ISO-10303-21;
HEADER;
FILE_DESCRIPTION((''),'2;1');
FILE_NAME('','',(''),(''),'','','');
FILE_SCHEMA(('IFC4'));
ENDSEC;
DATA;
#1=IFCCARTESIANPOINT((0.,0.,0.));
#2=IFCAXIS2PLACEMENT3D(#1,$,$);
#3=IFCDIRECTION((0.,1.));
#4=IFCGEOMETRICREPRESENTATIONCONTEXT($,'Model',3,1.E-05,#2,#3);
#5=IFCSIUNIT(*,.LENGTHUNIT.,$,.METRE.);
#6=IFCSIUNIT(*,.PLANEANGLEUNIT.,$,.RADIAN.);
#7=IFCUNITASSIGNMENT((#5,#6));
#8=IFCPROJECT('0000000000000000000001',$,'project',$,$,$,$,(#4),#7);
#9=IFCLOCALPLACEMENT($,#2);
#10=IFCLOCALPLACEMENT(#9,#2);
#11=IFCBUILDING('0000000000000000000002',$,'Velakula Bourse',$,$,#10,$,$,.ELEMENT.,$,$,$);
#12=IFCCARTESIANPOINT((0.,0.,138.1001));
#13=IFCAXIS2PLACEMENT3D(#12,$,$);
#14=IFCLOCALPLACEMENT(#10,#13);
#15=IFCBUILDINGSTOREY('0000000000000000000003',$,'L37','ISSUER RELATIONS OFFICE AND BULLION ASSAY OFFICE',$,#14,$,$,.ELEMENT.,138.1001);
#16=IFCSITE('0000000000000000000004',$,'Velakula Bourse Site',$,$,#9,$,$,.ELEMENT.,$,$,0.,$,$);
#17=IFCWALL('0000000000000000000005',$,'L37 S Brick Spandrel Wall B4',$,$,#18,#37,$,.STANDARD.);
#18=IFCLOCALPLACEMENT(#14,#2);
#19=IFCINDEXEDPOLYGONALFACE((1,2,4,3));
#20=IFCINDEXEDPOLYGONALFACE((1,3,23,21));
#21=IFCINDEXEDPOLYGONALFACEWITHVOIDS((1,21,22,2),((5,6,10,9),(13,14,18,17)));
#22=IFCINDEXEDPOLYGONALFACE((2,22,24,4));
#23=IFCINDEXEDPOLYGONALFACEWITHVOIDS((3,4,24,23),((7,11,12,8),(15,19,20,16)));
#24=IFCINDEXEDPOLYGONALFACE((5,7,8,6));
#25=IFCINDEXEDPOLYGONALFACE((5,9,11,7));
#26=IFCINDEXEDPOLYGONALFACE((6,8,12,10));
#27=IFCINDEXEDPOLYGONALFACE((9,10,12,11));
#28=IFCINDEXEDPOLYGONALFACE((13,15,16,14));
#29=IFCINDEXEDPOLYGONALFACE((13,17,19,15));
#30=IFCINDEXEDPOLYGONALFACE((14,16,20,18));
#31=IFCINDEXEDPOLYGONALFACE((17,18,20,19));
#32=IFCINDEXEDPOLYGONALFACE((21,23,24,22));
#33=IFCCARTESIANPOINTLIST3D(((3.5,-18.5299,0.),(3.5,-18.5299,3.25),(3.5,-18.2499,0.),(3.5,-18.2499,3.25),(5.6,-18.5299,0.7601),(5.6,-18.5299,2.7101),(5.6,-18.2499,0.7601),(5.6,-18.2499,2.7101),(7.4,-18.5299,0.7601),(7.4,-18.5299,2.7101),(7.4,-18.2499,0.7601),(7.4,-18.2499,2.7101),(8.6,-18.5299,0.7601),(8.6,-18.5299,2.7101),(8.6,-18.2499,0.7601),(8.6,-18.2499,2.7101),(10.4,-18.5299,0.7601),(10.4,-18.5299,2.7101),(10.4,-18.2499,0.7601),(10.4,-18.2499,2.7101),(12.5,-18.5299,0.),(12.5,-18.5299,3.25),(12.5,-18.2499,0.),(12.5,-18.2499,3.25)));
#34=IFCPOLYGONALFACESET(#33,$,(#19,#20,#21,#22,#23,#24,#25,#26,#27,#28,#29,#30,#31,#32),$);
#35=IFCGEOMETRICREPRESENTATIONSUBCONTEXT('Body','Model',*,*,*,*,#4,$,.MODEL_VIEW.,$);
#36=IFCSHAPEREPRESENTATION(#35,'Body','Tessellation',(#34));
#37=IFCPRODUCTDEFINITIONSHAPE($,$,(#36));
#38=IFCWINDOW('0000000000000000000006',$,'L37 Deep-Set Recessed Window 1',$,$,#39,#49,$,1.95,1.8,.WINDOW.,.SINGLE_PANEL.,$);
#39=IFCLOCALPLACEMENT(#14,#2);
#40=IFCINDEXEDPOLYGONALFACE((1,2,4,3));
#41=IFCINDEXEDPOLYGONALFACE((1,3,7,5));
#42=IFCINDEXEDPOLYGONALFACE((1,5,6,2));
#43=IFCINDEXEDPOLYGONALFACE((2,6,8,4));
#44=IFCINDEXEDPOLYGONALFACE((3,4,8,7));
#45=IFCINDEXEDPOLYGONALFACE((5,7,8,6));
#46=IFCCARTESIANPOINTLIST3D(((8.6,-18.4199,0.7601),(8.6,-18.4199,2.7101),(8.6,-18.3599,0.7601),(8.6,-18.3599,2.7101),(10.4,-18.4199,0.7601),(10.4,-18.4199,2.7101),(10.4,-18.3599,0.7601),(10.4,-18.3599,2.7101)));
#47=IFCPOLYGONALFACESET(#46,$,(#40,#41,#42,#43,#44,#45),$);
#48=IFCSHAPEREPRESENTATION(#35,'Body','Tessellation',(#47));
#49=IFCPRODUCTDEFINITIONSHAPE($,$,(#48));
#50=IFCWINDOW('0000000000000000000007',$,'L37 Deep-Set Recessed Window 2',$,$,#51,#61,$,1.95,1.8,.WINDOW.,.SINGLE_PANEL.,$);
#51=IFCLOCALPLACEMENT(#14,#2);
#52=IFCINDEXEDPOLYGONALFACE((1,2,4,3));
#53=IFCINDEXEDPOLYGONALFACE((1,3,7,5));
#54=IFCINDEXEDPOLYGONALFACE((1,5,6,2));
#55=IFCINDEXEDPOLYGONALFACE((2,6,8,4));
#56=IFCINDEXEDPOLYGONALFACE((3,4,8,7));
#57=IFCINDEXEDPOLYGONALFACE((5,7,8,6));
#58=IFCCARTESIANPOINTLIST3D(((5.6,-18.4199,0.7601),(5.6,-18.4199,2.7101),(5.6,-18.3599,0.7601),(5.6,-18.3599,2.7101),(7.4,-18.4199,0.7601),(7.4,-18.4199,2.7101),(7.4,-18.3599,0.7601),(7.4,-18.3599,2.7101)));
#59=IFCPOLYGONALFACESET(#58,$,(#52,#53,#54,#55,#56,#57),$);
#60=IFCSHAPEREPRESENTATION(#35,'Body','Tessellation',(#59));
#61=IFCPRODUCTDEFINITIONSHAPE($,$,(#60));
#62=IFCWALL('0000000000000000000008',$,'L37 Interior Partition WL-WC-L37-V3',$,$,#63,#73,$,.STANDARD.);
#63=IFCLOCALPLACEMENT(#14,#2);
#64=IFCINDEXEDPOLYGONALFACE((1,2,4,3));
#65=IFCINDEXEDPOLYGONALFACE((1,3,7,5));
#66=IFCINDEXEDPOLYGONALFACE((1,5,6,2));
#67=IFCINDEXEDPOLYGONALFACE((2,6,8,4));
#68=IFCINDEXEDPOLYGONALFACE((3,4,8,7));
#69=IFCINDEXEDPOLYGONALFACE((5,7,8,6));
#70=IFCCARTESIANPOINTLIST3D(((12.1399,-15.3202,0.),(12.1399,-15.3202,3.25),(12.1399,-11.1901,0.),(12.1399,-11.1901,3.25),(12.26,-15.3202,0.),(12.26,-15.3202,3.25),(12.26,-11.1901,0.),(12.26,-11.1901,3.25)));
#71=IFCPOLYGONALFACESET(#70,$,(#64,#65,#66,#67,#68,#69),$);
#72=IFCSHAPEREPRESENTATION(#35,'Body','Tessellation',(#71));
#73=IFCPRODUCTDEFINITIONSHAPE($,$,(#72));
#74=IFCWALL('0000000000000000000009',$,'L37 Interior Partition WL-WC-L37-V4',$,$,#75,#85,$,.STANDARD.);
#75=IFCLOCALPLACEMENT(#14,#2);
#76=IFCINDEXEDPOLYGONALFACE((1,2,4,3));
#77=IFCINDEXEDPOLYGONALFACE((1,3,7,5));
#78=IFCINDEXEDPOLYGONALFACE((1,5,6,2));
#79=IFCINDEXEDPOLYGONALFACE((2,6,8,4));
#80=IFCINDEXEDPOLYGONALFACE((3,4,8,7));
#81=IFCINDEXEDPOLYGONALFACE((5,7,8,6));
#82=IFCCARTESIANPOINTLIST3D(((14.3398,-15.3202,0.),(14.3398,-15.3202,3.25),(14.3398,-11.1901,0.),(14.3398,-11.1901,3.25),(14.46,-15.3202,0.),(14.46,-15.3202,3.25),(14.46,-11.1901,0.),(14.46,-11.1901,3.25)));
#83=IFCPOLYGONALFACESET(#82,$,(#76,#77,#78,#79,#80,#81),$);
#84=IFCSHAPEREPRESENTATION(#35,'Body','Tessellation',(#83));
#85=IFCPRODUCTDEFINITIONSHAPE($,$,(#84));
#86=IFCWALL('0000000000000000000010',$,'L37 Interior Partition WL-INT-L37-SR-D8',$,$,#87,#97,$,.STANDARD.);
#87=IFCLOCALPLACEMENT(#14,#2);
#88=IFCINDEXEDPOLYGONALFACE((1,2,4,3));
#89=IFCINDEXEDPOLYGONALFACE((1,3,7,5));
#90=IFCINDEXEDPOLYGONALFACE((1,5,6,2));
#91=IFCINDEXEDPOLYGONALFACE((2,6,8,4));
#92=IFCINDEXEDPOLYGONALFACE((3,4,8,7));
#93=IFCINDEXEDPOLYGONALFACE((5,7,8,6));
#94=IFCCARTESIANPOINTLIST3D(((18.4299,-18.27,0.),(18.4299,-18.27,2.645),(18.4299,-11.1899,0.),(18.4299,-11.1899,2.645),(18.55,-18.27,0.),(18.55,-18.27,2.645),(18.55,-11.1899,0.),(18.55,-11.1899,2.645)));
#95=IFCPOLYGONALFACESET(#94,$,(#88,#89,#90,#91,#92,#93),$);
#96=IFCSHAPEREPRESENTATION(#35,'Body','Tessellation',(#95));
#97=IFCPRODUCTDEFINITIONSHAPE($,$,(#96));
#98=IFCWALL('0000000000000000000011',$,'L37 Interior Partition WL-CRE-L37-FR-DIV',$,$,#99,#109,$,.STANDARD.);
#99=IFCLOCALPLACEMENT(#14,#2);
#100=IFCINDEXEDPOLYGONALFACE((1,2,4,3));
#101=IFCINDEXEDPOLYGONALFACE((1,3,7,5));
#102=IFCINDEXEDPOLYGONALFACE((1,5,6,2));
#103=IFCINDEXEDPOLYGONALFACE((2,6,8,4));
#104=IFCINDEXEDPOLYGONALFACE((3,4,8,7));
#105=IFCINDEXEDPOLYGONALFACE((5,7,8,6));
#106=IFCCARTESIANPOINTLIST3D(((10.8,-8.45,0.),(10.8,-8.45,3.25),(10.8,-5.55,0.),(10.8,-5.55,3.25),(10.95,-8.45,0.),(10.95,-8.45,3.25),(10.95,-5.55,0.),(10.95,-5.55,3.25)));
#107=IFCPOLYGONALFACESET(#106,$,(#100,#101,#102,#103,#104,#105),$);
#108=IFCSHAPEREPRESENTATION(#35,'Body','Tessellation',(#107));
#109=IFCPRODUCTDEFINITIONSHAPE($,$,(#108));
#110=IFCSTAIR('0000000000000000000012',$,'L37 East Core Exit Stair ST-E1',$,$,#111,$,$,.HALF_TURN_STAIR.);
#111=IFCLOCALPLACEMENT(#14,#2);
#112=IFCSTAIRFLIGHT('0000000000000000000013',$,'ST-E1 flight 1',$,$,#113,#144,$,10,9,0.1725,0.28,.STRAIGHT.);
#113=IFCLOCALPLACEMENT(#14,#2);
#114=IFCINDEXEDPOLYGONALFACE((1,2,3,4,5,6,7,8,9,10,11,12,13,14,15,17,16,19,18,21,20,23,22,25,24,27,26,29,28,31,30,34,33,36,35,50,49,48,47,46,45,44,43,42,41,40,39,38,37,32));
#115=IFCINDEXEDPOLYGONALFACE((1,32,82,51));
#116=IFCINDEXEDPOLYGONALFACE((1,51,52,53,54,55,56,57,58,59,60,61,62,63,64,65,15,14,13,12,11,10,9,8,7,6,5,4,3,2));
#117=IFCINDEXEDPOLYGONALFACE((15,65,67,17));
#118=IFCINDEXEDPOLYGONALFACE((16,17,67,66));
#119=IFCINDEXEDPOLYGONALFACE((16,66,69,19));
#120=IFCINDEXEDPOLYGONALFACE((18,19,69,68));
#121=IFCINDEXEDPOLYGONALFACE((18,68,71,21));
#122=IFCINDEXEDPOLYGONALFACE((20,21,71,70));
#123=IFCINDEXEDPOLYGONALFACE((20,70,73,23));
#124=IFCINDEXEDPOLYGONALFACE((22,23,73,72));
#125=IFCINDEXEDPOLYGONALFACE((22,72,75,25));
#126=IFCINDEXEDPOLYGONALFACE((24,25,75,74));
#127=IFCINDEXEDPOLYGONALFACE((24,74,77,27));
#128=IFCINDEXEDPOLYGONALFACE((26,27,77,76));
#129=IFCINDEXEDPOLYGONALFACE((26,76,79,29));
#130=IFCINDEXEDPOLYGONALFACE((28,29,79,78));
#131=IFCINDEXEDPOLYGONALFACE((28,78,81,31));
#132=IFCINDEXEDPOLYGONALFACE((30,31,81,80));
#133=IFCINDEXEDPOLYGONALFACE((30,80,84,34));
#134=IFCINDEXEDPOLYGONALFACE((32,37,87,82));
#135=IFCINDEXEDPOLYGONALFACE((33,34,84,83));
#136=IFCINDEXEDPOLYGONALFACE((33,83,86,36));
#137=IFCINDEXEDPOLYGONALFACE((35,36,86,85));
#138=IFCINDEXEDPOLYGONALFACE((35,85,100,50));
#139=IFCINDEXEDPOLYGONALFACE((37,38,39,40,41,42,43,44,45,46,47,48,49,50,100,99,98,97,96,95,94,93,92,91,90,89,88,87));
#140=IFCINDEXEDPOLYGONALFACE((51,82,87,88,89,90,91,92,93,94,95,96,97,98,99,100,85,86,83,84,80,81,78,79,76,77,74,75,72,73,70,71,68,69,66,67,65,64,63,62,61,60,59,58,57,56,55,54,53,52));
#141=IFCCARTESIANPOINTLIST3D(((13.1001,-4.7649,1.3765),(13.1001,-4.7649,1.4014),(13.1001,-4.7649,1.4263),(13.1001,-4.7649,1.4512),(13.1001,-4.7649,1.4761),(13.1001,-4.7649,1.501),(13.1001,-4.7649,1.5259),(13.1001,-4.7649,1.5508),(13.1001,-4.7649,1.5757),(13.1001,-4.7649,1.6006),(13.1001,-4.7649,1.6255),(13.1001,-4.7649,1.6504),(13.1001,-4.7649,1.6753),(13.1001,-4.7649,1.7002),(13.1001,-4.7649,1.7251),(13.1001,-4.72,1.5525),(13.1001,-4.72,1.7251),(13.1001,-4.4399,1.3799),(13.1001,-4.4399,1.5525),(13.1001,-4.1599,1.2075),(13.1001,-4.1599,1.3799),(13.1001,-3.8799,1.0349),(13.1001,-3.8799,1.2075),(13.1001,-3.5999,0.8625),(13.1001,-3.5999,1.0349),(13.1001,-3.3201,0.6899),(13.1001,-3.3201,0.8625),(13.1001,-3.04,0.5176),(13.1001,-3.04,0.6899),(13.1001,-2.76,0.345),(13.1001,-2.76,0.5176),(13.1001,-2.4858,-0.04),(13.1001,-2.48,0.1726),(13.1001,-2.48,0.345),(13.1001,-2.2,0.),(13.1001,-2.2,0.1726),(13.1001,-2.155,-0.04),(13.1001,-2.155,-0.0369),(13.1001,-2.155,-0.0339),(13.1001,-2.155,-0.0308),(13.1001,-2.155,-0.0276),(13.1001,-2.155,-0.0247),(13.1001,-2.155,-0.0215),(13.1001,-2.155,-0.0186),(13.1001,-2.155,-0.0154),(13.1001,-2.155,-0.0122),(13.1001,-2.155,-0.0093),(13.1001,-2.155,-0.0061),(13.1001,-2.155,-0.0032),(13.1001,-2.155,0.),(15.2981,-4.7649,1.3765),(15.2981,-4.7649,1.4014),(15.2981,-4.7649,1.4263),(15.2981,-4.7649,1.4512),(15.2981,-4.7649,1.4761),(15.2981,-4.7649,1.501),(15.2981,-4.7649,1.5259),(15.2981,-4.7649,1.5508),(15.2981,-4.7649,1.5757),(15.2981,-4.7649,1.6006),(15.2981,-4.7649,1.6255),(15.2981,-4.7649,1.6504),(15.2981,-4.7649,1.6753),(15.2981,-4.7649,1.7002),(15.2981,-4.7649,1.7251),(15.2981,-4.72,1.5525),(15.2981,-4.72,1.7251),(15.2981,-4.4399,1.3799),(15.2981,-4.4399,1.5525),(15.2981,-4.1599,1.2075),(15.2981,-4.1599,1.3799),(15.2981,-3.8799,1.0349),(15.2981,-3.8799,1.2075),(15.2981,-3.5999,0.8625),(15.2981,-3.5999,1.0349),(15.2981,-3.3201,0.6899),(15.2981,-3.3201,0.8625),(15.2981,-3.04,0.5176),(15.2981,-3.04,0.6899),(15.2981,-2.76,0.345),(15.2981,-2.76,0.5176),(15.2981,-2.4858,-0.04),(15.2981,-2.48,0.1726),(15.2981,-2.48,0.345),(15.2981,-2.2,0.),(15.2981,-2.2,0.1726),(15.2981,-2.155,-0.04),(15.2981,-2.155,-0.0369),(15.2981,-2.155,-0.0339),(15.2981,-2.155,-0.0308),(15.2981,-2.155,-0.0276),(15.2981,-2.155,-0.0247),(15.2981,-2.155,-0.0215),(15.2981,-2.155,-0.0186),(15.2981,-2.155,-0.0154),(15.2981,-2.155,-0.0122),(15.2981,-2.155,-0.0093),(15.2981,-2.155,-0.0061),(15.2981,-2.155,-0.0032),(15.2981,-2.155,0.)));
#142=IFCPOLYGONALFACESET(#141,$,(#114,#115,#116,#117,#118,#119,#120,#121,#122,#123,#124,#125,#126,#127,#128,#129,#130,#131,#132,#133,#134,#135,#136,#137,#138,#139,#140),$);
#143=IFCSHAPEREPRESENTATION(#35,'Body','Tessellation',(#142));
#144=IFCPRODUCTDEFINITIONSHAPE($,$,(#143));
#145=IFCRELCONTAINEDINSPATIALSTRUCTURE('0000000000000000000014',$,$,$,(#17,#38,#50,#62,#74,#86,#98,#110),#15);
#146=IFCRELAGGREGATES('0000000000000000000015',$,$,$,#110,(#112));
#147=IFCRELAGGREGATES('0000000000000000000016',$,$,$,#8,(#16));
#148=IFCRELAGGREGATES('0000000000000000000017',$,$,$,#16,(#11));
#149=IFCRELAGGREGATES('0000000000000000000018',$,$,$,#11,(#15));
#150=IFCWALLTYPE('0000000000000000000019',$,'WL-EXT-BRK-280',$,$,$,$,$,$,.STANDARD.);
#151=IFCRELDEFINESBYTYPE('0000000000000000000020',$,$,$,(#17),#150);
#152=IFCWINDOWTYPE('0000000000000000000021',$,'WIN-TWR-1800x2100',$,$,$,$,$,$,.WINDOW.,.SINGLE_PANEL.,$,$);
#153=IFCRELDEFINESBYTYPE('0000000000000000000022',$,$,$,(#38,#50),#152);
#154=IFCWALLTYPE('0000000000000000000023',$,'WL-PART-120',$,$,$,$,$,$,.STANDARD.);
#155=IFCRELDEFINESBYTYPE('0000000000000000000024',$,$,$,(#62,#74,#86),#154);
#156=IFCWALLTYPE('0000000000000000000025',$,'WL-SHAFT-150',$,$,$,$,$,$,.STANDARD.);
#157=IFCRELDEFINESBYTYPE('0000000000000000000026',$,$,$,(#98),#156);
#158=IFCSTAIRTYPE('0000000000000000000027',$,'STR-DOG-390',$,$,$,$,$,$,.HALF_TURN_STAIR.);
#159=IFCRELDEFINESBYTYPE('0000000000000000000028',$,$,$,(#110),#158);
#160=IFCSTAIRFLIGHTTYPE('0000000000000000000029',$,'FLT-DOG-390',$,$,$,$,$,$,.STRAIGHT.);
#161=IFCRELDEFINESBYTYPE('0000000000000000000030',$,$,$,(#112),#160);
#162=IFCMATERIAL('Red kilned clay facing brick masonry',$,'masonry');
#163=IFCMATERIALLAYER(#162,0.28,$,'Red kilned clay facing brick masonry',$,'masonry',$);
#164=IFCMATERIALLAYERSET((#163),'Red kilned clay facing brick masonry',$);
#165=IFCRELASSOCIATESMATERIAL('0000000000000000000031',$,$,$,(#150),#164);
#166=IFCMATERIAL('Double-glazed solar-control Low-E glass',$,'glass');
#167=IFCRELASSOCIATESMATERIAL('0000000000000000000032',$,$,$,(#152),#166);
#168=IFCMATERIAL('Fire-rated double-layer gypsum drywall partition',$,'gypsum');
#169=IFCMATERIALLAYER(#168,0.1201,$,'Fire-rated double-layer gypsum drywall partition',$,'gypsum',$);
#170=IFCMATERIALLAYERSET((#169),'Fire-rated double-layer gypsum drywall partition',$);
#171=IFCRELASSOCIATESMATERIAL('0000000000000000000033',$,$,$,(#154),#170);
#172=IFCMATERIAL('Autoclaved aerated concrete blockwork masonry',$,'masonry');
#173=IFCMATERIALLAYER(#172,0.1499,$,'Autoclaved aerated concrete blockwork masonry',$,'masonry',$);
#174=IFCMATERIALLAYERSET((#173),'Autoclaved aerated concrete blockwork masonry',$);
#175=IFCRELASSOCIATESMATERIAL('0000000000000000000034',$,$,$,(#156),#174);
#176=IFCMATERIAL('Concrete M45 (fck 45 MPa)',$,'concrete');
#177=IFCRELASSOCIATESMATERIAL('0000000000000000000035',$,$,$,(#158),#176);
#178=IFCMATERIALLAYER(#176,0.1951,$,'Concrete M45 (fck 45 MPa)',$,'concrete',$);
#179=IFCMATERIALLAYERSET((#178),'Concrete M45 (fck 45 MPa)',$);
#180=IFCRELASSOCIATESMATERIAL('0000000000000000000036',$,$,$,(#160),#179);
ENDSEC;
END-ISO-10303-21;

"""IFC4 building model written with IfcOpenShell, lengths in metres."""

from ifc_helpers import new_model, si_unit, direction, frame, frame_2d, origin, place, context, subcontext, project, spatial, polyline, rectangle, outline, extrude, material, layer, layer_set, type_object, element, fill, aggregate, save


model = new_model("IFC4")

# Units and contexts
model_context = context("Model", 3, precision=1e-05, world=origin(), true_north=direction((0.0, 1.0)))
body_context = subcontext(model_context, "Body", "Model", "MODEL_VIEW")
ifc_project = project(units=[si_unit("LENGTHUNIT", "METRE"), si_unit("PLANEANGLEUNIT", "RADIAN")], contexts=[model_context])

# Site, building, storey
site_placement = place(None, origin())
site = spatial("IfcSite", under=ifc_project, at=site_placement, Name="Velakula Bourse Site", CompositionType="ELEMENT", RefElevation=0.0)
building_placement = place(site_placement, origin())
building = spatial("IfcBuilding", under=site, at=building_placement, Name="Velakula Bourse", CompositionType="ELEMENT")
storey_placement = place(building_placement, frame((0.0, 0.0, 138.1001)))
storey = spatial("IfcBuildingStorey", under=building, at=storey_placement, Name="L37", Description="ISSUER RELATIONS OFFICE AND BULLION ASSAY OFFICE", CompositionType="ELEMENT", Elevation=138.1001)

# Wall, openings, windows
ifc_material_1 = material(Name="Red kilned clay facing brick masonry", Category="masonry")
ifc_layer_1 = layer(ifc_material_1, 0.28, Name="Red kilned clay facing brick masonry", Category="masonry")
ifc_layer_set_1 = layer_set([ifc_layer_1], Name="Red kilned clay facing brick masonry")
wall_type_1 = type_object("IfcWallType", Name="WL-EXT-BRK-280", PredefinedType="STANDARD", material=ifc_layer_set_1)
wall_1_placement = place(storey_placement, frame((12.5, -18.3899, 0.0), z_axis=(0.0, 0.0, 1.0), x_axis=(-1.0, 0.0, 0.0)))
wall_1 = element("IfcWall", 1, at=wall_1_placement, inside=storey, type_object=wall_type_1, Name="L37 S Brick Spandrel Wall B4", PredefinedType="STANDARD", context=body_context, shape_type="SweptSolid", body=[
    extrude(rectangle(XDim=9.0, YDim=0.28, at=frame_2d((4.5, 0.0))), origin(), (0.0, 0.0, 1.0), 3.25),
])
opening_1_placement = place(wall_1_placement, frame((2.1001, 0.0, 0.76)))
opening_1 = element("IfcOpeningElement", 2, at=opening_1_placement, cuts=wall_1, PredefinedType="OPENING", context=body_context, shape_type="SweptSolid", body=[
    extrude(rectangle(XDim=1.8, YDim=1.95, at=frame_2d((0.8999, 0.9751))), frame((0.0, 0.1499, 0.0), z_axis=(0.0, -1.0, 0.0), x_axis=(1.0, 0.0, 0.0)), (0.0, 0.0, 1.0), 0.3),
])
opening_2_placement = place(wall_1_placement, frame((5.1001, 0.0, 0.76)))
opening_2 = element("IfcOpeningElement", 3, at=opening_2_placement, cuts=wall_1, PredefinedType="OPENING", context=body_context, shape_type="SweptSolid", body=[
    extrude(rectangle(XDim=1.8, YDim=1.95, at=frame_2d((0.8999, 0.9751))), frame((0.0, 0.1499, 0.0), z_axis=(0.0, -1.0, 0.0), x_axis=(1.0, 0.0, 0.0)), (0.0, 0.0, 1.0), 0.3),
])
ifc_material_2 = material(Name="Double-glazed solar-control Low-E glass", Category="glass")
window_type = type_object("IfcWindowType", Name="WIN-TWR-1800x2100", PartitioningType="SINGLE_PANEL", PredefinedType="WINDOW", material=ifc_material_2)
window_1_placement = place(opening_1_placement, origin())
window_1 = element("IfcWindow", 4, at=window_1_placement, inside=storey, type_object=window_type, Name="L37 Deep-Set Recessed Window 1", OverallHeight=1.95, OverallWidth=1.8, PartitioningType="SINGLE_PANEL", PredefinedType="WINDOW", context=body_context, shape_type="SweptSolid", body=[
    extrude(rectangle(XDim=1.8, YDim=1.95, at=frame_2d((0.8999, 0.9751))), frame((0.0, 0.03, 0.0), z_axis=(0.0, -1.0, 0.0), x_axis=(1.0, 0.0, 0.0)), (0.0, 0.0, 1.0), 0.0601),
])
fill(opening_1, window_1)
window_2_placement = place(opening_2_placement, origin())
window_2 = element("IfcWindow", 5, at=window_2_placement, inside=storey, type_object=window_type, Name="L37 Deep-Set Recessed Window 2", OverallHeight=1.95, OverallWidth=1.8, PartitioningType="SINGLE_PANEL", PredefinedType="WINDOW", context=body_context, shape_type="SweptSolid", body=[
    extrude(rectangle(XDim=1.8, YDim=1.95, at=frame_2d((0.8999, 0.9751))), frame((0.0, 0.03, 0.0), z_axis=(0.0, -1.0, 0.0), x_axis=(1.0, 0.0, 0.0)), (0.0, 0.0, 1.0), 0.0601),
])
fill(opening_2, window_2)

# Walls
ifc_material_3 = material(Name="Fire-rated double-layer gypsum drywall partition", Category="gypsum")
ifc_layer_2 = layer(ifc_material_3, 0.1201, Name="Fire-rated double-layer gypsum drywall partition", Category="gypsum")
ifc_layer_set_2 = layer_set([ifc_layer_2], Name="Fire-rated double-layer gypsum drywall partition")
wall_type_2 = type_object("IfcWallType", Name="WL-PART-120", PredefinedType="STANDARD", material=ifc_layer_set_2)
for number, where, z_axis, x_axis, name in (
    (6, (12.2, -15.3201, 0.0), (0.0, 0.0, 1.0), (0.0, 1.0, 0.0), "L37 Interior Partition WL-WC-L37-V3"),
    (7, (14.3999, -15.3201, 0.0), (0.0, 0.0, 1.0), (0.0, 1.0, 0.0), "L37 Interior Partition WL-WC-L37-V4"),
):
    element("IfcWall", number, at=place(storey_placement, frame(where, z_axis=z_axis, x_axis=x_axis)), inside=storey, type_object=wall_type_2, Name=name, PredefinedType="STANDARD", context=body_context, shape_type="SweptSolid", body=[
        extrude(rectangle(XDim=4.1301, YDim=0.1201, at=frame_2d((2.0649, 0.0))), origin(), (0.0, 0.0, 1.0), 3.25),
    ])
wall_2_placement = place(storey_placement, frame((18.49, -18.27, 0.0), z_axis=(0.0, 0.0, 1.0), x_axis=(0.0, 1.0, 0.0)))
element("IfcWall", 8, at=wall_2_placement, inside=storey, type_object=wall_type_2, Name="L37 Interior Partition WL-INT-L37-SR-D8", PredefinedType="STANDARD", context=body_context, shape_type="SweptSolid", body=[
    extrude(rectangle(XDim=7.0801, YDim=0.1201, at=frame_2d((3.54, 0.0))), origin(), (0.0, 0.0, 1.0), 2.645),
])

# Shared definitions
ifc_material_4 = material(Name="Autoclaved aerated concrete blockwork masonry", Category="masonry")
ifc_layer_3 = layer(ifc_material_4, 0.1499, Name="Autoclaved aerated concrete blockwork masonry", Category="masonry")
ifc_layer_set_3 = layer_set([ifc_layer_3], Name="Autoclaved aerated concrete blockwork masonry")
wall_type_3 = type_object("IfcWallType", Name="WL-SHAFT-150", PredefinedType="STANDARD", material=ifc_layer_set_3)

# Wall
wall_3_placement = place(storey_placement, frame((10.875, -8.45, 0.0), z_axis=(0.0, 0.0, 1.0), x_axis=(0.0, 1.0, 0.0)))
element("IfcWall", 9, at=wall_3_placement, inside=storey, type_object=wall_type_3, Name="L37 Interior Partition WL-CRE-L37-FR-DIV", PredefinedType="STANDARD", context=body_context, shape_type="SweptSolid", body=[
    extrude(rectangle(XDim=2.8999, YDim=0.1499, at=frame_2d((1.45, 0.0))), origin(), (0.0, 0.0, 1.0), 3.25),
])

# Stair, stair flight
ifc_material_5 = material(Name="Concrete M45 (fck 45 MPa)", Category="concrete")
stair_type = type_object("IfcStairType", Name="STR-DOG-390", PredefinedType="HALF_TURN_STAIR", material=ifc_material_5)
stair_placement = place(storey_placement, origin())
stair = element("IfcStair", 10, at=stair_placement, inside=storey, type_object=stair_type, Name="L37 East Core Exit Stair ST-E1", PredefinedType="HALF_TURN_STAIR")
ifc_layer_4 = layer(ifc_material_5, 0.1951, Name="Concrete M45 (fck 45 MPa)", Category="concrete")
ifc_layer_set_4 = layer_set([ifc_layer_4], Name="Concrete M45 (fck 45 MPa)")
stair_flight_type = type_object("IfcStairFlightType", Name="FLT-DOG-390", PredefinedType="STRAIGHT", material=ifc_layer_set_4)
stair_flight_1_placement = place(storey_placement, frame((14.199, -2.2, 0.0), z_axis=(0.0, 0.0, 1.0), x_axis=(0.0, -1.0, 0.0)))
stair_flight_1 = element("IfcStairFlight", 11, at=stair_flight_1_placement, type_object=stair_flight_type, Name="ST-E1 flight 1", NumberOfRisers=10, NumberOfTreads=9, PredefinedType="STRAIGHT", RiserHeight=0.1725, TreadLength=0.28, context=body_context, shape_type="SweptSolid", body=[
    extrude(outline(polyline([(-0.0449, -0.04), (-0.0449, -0.0369), (-0.0449, -0.0339), (-0.0449, -0.0308), (-0.0449, -0.0276), (-0.0449, -0.0247), (-0.0449, -0.0215), (-0.0449, -0.0186), (-0.0449, -0.0154), (-0.0449, -0.0122), (-0.0449, -0.0093), (-0.0449, -0.0061), (-0.0449, -0.0032), (-0.0449, 0.0), (0.0, 0.0), (0.0, 0.1726), (0.28, 0.1726), (0.28, 0.345), (0.5601, 0.345), (0.5601, 0.5176), (0.8401, 0.5176), (0.8401, 0.6899), (1.1201, 0.6899), (1.1201, 0.8625), (1.3999, 0.8625), (1.3999, 1.0349), (1.6799, 1.0349), (1.6799, 1.2075), (1.96, 1.2075), (1.96, 1.3799), (2.24, 1.3799), (2.24, 1.5525), (2.52, 1.5525), (2.52, 1.7251), (2.5649, 1.7251), (2.5649, 1.7002), (2.5649, 1.6753), (2.5649, 1.6504), (2.5649, 1.6255), (2.5649, 1.6006), (2.5649, 1.5757), (2.5649, 1.5508), (2.5649, 1.5259), (2.5649, 1.501), (2.5649, 1.4761), (2.5649, 1.4512), (2.5649, 1.4263), (2.5649, 1.4014), (2.5649, 1.3765), (0.2859, -0.04), (-0.0449, -0.04)])), frame((0.0, 1.0991, 0.0), z_axis=(0.0, -1.0, 0.0), x_axis=(1.0, 0.0, 0.0)), (0.0, 0.0, 1.0), 2.198),
])
aggregate(stair, [stair_flight_1])

save(model, "model.ifc")
